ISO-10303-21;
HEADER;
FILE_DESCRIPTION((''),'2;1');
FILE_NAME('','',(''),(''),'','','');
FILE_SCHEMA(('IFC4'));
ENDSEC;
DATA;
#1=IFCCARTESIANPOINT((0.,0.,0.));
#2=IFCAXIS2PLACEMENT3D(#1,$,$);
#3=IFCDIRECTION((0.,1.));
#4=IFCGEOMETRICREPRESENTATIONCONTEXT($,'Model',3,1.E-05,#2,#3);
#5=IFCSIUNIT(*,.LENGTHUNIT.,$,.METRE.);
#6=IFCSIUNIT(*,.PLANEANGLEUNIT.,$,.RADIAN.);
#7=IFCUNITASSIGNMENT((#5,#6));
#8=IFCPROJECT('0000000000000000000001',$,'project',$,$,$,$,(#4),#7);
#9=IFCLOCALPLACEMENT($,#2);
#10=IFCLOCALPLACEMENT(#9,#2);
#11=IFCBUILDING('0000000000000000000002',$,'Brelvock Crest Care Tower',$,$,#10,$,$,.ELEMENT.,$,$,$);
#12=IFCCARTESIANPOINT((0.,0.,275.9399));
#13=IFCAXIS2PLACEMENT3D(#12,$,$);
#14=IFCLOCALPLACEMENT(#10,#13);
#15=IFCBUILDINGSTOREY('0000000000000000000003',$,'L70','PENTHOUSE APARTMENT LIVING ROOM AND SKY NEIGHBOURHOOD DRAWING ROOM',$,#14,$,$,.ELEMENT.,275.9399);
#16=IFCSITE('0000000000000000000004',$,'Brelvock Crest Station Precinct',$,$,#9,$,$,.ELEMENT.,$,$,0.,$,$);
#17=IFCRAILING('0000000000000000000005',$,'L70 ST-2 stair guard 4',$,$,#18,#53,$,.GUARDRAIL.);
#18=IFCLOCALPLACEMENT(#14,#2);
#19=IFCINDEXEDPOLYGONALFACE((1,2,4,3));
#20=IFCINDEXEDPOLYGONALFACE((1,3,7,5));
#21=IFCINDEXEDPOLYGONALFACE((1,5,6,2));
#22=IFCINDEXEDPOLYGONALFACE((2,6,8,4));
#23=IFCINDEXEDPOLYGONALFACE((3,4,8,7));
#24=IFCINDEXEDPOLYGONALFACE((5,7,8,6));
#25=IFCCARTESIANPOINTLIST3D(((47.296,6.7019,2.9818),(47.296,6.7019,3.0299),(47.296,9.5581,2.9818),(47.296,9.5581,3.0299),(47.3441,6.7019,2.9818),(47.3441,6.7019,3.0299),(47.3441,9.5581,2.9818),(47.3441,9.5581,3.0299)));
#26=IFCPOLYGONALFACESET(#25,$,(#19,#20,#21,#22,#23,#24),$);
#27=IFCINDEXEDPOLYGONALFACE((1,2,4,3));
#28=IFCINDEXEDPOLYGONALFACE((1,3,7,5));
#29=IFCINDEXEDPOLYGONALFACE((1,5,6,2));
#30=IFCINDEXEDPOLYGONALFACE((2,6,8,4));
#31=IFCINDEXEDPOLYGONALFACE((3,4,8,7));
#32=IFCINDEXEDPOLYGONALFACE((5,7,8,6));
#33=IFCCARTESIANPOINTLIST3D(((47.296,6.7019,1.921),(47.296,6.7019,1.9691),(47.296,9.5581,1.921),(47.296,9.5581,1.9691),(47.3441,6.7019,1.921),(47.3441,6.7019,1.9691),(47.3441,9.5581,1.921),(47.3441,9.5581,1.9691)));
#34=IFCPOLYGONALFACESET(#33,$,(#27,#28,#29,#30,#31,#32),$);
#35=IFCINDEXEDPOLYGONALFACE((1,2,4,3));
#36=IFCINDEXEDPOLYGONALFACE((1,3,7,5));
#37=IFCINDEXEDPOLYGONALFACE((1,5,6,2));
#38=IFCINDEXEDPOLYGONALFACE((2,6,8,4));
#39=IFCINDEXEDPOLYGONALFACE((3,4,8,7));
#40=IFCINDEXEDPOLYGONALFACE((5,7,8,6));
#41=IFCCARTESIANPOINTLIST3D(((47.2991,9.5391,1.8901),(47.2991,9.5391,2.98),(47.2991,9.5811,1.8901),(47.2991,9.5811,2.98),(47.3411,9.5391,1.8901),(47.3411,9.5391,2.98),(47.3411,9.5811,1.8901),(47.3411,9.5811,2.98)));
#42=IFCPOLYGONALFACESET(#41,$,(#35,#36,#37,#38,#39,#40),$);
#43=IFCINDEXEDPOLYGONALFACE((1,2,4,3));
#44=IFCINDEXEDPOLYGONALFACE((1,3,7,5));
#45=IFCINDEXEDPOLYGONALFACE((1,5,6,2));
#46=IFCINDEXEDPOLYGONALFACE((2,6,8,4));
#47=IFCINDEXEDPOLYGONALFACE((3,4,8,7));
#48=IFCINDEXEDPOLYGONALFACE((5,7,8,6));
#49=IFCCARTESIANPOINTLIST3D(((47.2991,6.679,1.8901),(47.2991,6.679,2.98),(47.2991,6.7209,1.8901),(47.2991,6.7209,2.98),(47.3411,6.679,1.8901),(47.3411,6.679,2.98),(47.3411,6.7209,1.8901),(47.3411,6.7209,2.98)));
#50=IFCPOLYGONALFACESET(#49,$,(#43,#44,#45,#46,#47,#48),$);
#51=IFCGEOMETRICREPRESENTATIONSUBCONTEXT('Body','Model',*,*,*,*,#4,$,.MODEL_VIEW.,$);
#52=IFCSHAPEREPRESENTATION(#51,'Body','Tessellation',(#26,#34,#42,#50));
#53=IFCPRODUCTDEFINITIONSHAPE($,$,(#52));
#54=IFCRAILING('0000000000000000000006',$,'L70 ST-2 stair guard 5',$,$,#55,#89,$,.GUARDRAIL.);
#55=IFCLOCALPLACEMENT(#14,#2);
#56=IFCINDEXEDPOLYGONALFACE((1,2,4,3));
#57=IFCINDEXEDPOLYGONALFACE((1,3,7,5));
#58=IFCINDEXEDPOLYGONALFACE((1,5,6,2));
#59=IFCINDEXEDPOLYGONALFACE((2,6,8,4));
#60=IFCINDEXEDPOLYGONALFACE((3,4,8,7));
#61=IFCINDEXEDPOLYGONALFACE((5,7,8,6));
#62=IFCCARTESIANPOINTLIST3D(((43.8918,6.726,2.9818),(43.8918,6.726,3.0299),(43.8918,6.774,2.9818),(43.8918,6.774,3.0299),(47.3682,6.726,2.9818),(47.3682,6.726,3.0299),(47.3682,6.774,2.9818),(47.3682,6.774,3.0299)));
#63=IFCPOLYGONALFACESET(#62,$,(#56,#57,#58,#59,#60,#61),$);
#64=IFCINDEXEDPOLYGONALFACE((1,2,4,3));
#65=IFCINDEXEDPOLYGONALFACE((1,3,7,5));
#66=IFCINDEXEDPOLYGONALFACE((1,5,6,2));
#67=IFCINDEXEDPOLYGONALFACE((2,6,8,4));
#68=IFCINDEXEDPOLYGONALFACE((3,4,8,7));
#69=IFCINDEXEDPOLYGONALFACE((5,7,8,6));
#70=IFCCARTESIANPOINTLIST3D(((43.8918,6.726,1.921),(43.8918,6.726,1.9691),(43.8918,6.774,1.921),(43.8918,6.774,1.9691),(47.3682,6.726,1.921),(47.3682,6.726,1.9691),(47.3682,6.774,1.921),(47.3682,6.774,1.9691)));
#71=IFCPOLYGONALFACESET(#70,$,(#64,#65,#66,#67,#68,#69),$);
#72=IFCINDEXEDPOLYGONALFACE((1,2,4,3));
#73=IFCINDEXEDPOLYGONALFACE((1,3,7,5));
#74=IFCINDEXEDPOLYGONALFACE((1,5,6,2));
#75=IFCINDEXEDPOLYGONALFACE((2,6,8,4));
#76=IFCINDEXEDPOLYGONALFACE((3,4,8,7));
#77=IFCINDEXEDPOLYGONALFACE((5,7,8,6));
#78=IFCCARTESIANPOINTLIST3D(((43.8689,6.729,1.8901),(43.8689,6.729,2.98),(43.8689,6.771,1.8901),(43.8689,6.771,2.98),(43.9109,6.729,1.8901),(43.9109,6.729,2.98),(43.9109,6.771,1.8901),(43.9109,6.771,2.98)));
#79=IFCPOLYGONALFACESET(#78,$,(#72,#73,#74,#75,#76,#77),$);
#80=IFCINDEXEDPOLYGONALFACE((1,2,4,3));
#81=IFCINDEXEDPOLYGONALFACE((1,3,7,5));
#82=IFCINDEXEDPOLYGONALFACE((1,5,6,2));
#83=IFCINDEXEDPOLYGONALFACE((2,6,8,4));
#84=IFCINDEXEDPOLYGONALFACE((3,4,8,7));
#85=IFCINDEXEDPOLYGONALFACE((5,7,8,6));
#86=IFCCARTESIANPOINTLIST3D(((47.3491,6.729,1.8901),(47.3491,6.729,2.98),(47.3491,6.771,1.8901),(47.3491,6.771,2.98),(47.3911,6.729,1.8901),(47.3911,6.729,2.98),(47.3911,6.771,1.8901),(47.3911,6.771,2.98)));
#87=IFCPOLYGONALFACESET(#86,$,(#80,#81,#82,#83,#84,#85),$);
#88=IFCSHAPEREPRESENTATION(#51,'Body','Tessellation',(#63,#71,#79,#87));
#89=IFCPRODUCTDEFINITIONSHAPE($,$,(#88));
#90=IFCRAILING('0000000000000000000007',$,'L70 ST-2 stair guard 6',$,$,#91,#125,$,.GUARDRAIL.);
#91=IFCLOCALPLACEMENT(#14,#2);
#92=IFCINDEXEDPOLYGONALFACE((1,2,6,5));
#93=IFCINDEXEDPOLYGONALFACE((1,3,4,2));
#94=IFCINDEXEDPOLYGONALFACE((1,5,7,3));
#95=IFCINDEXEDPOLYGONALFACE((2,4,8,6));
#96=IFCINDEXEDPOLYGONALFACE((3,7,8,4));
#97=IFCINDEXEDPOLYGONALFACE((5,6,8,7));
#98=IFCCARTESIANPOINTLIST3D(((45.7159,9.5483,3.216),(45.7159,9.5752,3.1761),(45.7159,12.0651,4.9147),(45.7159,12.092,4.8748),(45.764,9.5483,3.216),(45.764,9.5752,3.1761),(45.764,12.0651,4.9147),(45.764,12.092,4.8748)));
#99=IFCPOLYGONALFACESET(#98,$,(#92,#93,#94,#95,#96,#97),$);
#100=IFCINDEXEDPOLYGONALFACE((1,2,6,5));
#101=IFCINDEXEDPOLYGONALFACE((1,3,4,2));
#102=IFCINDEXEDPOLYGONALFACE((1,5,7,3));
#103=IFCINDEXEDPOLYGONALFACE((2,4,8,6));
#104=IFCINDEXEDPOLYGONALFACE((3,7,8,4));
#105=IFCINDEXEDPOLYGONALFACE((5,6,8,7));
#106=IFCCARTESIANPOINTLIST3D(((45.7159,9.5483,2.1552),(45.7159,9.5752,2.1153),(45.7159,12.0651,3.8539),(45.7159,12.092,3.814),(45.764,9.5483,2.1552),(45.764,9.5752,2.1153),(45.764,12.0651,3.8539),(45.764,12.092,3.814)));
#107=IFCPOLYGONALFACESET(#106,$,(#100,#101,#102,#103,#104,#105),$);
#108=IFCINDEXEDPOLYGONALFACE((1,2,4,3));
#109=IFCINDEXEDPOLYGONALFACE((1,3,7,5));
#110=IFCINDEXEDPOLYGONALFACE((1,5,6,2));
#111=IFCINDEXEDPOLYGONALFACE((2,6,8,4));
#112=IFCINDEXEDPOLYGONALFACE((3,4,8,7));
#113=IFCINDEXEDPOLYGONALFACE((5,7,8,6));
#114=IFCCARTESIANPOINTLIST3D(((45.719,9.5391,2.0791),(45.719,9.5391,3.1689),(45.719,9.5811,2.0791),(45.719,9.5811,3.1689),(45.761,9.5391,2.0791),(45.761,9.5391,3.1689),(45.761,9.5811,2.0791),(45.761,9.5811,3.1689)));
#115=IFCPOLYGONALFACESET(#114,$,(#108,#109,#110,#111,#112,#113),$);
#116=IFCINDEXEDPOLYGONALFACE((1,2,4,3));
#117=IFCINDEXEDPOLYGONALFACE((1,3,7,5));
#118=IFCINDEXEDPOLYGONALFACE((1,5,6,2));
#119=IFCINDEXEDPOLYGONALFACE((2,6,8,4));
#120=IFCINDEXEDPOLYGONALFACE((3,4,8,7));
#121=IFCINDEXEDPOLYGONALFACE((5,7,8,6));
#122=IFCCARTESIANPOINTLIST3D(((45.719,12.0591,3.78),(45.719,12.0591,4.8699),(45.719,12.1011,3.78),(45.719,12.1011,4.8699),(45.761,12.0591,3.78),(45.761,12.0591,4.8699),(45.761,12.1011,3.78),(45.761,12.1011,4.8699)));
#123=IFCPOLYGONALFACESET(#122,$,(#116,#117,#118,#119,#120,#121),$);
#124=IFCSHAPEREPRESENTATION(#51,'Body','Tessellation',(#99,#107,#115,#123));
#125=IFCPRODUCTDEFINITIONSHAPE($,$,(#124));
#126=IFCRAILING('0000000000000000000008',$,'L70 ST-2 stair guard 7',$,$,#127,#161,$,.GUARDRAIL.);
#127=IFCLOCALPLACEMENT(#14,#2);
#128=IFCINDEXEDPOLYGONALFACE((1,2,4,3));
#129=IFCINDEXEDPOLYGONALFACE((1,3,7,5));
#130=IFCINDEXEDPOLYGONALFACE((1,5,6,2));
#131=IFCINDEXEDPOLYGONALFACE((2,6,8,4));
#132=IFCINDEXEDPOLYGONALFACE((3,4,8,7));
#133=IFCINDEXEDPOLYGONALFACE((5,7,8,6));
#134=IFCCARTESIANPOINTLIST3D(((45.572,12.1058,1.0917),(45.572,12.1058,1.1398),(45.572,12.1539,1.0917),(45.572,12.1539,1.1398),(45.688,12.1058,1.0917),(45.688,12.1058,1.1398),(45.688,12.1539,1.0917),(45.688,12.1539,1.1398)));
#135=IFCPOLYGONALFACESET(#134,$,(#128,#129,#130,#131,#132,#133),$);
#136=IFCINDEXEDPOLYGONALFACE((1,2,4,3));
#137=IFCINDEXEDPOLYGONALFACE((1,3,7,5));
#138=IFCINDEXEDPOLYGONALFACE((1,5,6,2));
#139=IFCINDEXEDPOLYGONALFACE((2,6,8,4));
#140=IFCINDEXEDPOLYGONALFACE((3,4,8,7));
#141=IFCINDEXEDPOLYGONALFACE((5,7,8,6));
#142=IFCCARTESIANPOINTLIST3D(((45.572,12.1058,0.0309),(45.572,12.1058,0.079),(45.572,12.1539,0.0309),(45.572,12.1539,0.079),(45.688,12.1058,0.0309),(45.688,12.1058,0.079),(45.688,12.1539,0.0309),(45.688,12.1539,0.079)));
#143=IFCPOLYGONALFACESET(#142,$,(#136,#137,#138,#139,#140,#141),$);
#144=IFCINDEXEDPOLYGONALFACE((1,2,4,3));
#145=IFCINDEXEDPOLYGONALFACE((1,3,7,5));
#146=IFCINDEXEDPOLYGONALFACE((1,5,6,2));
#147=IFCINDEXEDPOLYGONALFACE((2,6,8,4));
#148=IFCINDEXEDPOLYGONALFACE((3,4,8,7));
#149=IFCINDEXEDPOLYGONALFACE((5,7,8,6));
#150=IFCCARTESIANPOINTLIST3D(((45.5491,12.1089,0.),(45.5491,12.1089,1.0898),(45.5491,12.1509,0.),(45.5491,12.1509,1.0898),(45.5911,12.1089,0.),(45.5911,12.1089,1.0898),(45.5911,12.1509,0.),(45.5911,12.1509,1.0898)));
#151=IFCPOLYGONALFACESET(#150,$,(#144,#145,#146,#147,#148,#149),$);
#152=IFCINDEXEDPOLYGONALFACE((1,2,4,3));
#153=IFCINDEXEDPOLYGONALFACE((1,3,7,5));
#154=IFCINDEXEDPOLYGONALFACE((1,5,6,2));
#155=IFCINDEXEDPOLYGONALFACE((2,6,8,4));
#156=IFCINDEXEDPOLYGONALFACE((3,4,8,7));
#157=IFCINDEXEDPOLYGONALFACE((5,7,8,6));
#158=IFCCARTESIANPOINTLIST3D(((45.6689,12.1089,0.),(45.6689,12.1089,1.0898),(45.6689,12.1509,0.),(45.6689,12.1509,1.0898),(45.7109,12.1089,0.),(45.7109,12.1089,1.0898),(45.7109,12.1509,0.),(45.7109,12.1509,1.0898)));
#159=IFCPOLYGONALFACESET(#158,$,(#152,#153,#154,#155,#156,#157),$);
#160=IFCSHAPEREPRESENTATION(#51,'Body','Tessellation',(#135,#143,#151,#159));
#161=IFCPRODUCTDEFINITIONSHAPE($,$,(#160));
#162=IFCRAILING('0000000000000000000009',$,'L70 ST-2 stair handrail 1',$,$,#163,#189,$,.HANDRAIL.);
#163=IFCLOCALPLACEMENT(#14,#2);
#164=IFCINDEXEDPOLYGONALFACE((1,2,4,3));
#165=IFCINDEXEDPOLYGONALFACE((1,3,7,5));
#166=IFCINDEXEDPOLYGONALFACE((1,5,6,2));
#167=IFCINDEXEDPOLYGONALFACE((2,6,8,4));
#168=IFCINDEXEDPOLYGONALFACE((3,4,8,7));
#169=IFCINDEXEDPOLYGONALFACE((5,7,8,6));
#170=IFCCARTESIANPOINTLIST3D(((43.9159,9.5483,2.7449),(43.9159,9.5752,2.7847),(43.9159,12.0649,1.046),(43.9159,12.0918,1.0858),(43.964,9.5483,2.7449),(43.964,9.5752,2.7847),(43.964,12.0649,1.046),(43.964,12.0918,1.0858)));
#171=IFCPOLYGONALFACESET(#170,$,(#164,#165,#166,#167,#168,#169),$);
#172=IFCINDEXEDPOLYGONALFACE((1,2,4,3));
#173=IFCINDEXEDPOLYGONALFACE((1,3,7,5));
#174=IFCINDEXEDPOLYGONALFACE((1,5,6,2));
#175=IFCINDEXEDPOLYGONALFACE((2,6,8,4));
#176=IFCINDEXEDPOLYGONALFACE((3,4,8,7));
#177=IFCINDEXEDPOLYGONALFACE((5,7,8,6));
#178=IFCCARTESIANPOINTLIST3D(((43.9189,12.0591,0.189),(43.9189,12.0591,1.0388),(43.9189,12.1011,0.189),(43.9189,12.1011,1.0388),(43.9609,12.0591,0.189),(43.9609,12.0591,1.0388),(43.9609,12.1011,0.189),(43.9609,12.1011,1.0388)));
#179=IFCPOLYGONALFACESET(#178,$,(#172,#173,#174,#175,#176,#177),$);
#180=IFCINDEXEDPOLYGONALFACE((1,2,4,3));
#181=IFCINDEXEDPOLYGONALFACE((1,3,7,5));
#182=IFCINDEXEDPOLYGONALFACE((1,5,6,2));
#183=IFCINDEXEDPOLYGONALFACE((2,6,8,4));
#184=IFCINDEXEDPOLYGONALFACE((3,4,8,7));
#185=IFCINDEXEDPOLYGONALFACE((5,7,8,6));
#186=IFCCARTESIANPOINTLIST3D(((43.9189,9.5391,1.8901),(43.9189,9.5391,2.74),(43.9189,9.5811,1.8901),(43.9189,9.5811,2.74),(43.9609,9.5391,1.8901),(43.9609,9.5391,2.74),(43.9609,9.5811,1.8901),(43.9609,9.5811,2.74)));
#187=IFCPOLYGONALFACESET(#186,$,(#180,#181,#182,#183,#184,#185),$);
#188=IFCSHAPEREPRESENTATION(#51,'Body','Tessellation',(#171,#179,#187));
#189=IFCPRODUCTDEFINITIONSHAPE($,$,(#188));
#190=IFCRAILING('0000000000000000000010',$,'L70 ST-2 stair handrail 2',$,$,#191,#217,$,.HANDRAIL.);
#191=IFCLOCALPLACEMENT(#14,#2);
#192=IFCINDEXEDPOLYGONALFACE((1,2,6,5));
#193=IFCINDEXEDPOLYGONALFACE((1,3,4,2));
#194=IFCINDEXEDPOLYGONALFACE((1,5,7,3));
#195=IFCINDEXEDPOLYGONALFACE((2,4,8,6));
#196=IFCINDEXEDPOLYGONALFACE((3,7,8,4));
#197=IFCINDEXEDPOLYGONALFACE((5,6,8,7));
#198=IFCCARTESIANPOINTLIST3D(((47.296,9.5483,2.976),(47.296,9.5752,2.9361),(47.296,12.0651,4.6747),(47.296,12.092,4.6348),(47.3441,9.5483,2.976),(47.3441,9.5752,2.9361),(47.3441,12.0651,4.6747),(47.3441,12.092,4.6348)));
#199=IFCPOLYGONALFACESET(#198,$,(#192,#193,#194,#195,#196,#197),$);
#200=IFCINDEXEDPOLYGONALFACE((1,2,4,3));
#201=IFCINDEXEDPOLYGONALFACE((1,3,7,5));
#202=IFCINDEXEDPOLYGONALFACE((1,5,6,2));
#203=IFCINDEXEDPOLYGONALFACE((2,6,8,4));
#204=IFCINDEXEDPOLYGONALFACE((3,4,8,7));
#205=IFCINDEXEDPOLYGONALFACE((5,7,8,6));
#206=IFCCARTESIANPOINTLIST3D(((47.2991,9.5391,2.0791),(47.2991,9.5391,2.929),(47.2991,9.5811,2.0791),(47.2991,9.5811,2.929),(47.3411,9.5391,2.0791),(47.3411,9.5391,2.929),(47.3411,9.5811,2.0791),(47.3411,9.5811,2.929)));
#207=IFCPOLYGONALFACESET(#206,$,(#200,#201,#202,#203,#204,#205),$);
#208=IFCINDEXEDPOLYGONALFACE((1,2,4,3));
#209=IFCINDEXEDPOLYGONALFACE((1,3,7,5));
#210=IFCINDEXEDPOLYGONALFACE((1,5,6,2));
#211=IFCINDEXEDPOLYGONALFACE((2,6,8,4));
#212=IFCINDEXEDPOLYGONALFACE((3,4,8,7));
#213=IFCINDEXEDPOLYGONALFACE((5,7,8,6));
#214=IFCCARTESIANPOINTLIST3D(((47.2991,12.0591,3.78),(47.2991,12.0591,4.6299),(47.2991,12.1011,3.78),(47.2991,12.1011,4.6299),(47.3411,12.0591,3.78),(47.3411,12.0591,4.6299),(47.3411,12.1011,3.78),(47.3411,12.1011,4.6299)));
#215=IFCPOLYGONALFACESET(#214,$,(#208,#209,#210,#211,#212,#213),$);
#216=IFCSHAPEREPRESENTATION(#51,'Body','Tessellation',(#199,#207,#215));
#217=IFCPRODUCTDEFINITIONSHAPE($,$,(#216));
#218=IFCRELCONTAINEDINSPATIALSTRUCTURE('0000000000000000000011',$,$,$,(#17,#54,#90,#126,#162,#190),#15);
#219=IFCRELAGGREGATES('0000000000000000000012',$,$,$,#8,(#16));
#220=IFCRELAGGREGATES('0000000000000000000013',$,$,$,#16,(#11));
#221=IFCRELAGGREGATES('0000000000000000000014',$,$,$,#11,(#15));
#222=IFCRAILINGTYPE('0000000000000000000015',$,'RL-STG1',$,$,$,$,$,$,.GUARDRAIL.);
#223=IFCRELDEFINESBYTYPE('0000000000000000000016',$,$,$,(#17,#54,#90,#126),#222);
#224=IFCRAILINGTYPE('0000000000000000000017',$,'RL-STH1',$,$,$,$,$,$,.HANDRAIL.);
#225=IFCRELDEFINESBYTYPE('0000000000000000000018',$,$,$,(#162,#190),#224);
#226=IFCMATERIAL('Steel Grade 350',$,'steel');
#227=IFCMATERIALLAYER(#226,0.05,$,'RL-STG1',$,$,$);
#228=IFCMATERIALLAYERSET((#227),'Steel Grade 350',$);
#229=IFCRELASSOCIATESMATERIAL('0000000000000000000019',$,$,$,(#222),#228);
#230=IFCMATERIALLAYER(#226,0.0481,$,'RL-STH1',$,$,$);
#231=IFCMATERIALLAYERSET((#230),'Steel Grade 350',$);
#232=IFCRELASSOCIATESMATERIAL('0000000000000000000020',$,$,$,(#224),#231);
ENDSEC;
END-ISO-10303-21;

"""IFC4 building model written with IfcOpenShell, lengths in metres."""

from ifc_helpers import new_model, si_unit, direction, frame, origin, origin_2d, place, context, subcontext, project, spatial, rectangle, extrude, material, layer, layer_set, type_object, element, save


model = new_model("IFC4")

# Units and contexts
model_context = context("Model", 3, precision=1e-05, world=origin(), true_north=direction((0.0, 1.0)))
body_context = subcontext(model_context, "Body", "Model", "MODEL_VIEW")
ifc_project = project(units=[si_unit("LENGTHUNIT", "METRE"), si_unit("PLANEANGLEUNIT", "RADIAN")], contexts=[model_context])

# Site, building, storey
site_placement = place(None, origin())
site = spatial("IfcSite", under=ifc_project, at=site_placement, Name="Brelvock Crest Station Precinct", CompositionType="ELEMENT", RefElevation=0.0)
building_placement = place(site_placement, origin())
building = spatial("IfcBuilding", under=site, at=building_placement, Name="Brelvock Crest Care Tower", CompositionType="ELEMENT")
storey_placement = place(building_placement, frame((0.0, 0.0, 275.9399)))
storey = spatial("IfcBuildingStorey", under=building, at=storey_placement, Name="L70", Description="PENTHOUSE APARTMENT LIVING ROOM AND SKY NEIGHBOURHOOD DRAWING ROOM", CompositionType="ELEMENT", Elevation=275.9399)

# Shared definitions
ifc_material_1 = material(Name="Steel Grade 350", Category="steel")

# Railings
ifc_layer_1 = layer(ifc_material_1, 0.05, Name="RL-STG1")
ifc_layer_set_1 = layer_set([ifc_layer_1], Name="Steel Grade 350")
railing_type_1 = type_object("IfcRailingType", Name="RL-STG1", PredefinedType="GUARDRAIL", material=ifc_layer_set_1)
for number, where, name in (
    (1, (47.3201, 9.5601, 1.8901), "L70 ST-2 stair guard 4"),
):
    element("IfcRailing", number, at=place(storey_placement, frame(where)), inside=storey, type_object=railing_type_1, Name=name, PredefinedType="GUARDRAIL", context=body_context, shape_type="SweptSolid", body=[
        extrude(rectangle(XDim=0.0481, YDim=0.0481, at=origin_2d()), frame((0.0, -0.002, 1.1157), z_axis=(0.0, -1.0, 0.0), x_axis=(1.0, 0.0, 0.0)), (0.0, 0.0, 1.0), 2.8562),
        extrude(rectangle(XDim=0.0481, YDim=0.0481, at=origin_2d()), frame((0.0, -0.002, 0.0549), z_axis=(0.0, -1.0, 0.0), x_axis=(1.0, 0.0, 0.0)), (0.0, 0.0, 1.0), 2.8562),
        extrude(rectangle(XDim=0.042, YDim=0.042, at=origin_2d()), origin(), (0.0, 0.0, 1.0), 1.0898),
        extrude(rectangle(XDim=0.042, YDim=0.042, at=origin_2d()), frame((0.0, -2.8601, 0.0)), (0.0, 0.0, 1.0), 1.0898),
    ])
railing_1_placement = place(storey_placement, frame((43.8899, 6.75, 1.8901)))
element("IfcRailing", 2, at=railing_1_placement, inside=storey, type_object=railing_type_1, Name="L70 ST-2 stair guard 5", PredefinedType="GUARDRAIL", context=body_context, shape_type="SweptSolid", body=[
    extrude(rectangle(XDim=0.0481, YDim=0.0481, at=origin_2d()), frame((0.002, 0.0, 1.1157), z_axis=(1.0, 0.0, 0.0), x_axis=(0.0, 1.0, 0.0)), (0.0, 0.0, 1.0), 3.4763),
    extrude(rectangle(XDim=0.0481, YDim=0.0481, at=origin_2d()), frame((0.002, 0.0, 0.0549), z_axis=(1.0, 0.0, 0.0), x_axis=(0.0, 1.0, 0.0)), (0.0, 0.0, 1.0), 3.4763),
    extrude(rectangle(XDim=0.042, YDim=0.042, at=origin_2d()), origin(), (0.0, 0.0, 1.0), 1.0898),
    extrude(rectangle(XDim=0.042, YDim=0.042, at=origin_2d()), frame((3.4802, 0.0, 0.0)), (0.0, 0.0, 1.0), 1.0898),
])
railing_2_placement = place(storey_placement, frame((45.74, 9.5601, 2.0791)))
element("IfcRailing", 3, at=railing_2_placement, inside=storey, type_object=railing_type_1, Name="L70 ST-2 stair guard 6", PredefinedType="GUARDRAIL", context=body_context, shape_type="SweptSolid", body=[
    extrude(rectangle(XDim=0.0481, YDim=0.0481, at=origin_2d()), frame((0.0, 0.0017, 1.1169), z_axis=(0.0, 0.828862, 0.559454), x_axis=(-1.0, 0.0, 0.0)), (0.0, 0.0, 1.0), 3.0364),
    extrude(rectangle(XDim=0.0481, YDim=0.0481, at=origin_2d()), frame((0.0, 0.0017, 0.0562), z_axis=(0.0, 0.828862, 0.559454), x_axis=(-1.0, 0.0, 0.0)), (0.0, 0.0, 1.0), 3.0364),
    extrude(rectangle(XDim=0.042, YDim=0.042, at=origin_2d()), origin(), (0.0, 0.0, 1.0), 1.0898),
    extrude(rectangle(XDim=0.042, YDim=0.042, at=origin_2d()), frame((0.0, 2.52, 1.7009)), (0.0, 0.0, 1.0), 1.0898),
])
railing_3_placement = place(storey_placement, frame((45.5701, 12.1299, 0.0)))
element("IfcRailing", 4, at=railing_3_placement, inside=storey, type_object=railing_type_1, Name="L70 ST-2 stair guard 7", PredefinedType="GUARDRAIL", context=body_context, shape_type="SweptSolid", body=[
    extrude(rectangle(XDim=0.0481, YDim=0.0481, at=origin_2d()), frame((0.002, 0.0, 1.1157), z_axis=(1.0, 0.0, 0.0), x_axis=(0.0, 1.0, 0.0)), (0.0, 0.0, 1.0), 0.116),
    extrude(rectangle(XDim=0.0481, YDim=0.0481, at=origin_2d()), frame((0.002, 0.0, 0.0549), z_axis=(1.0, 0.0, 0.0), x_axis=(0.0, 1.0, 0.0)), (0.0, 0.0, 1.0), 0.116),
    extrude(rectangle(XDim=0.042, YDim=0.042, at=origin_2d()), origin(), (0.0, 0.0, 1.0), 1.0898),
    extrude(rectangle(XDim=0.042, YDim=0.042, at=origin_2d()), frame((0.1199, 0.0, 0.0)), (0.0, 0.0, 1.0), 1.0898),
])
ifc_layer_2 = layer(ifc_material_1, 0.0481, Name="RL-STH1")
ifc_layer_set_2 = layer_set([ifc_layer_2], Name="Steel Grade 350")
railing_type_2 = type_object("IfcRailingType", Name="RL-STH1", PredefinedType="HANDRAIL", material=ifc_layer_set_2)
railing_4_placement = place(storey_placement, frame((43.9399, 12.0801, 0.189)))
element("IfcRailing", 5, at=railing_4_placement, inside=storey, type_object=railing_type_2, Name="L70 ST-2 stair handrail 1", PredefinedType="HANDRAIL", context=body_context, shape_type="SweptSolid", body=[
    extrude(rectangle(XDim=0.0481, YDim=0.0481, at=origin_2d()), frame((0.0, -0.0017, 0.877), z_axis=(0.0, -0.828824, 0.559509), x_axis=(1.0, 0.0, 0.0)), (0.0, 0.0, 1.0), 3.0364),
    extrude(rectangle(XDim=0.042, YDim=0.042, at=origin_2d()), origin(), (0.0, 0.0, 1.0), 0.8499),
    extrude(rectangle(XDim=0.042, YDim=0.042, at=origin_2d()), frame((0.0, -2.52, 1.7012)), (0.0, 0.0, 1.0), 0.8499),
])
railing_5_placement = place(storey_placement, frame((47.3201, 9.5601, 2.0791)))
element("IfcRailing", 6, at=railing_5_placement, inside=storey, type_object=railing_type_2, Name="L70 ST-2 stair handrail 2", PredefinedType="HANDRAIL", context=body_context, shape_type="SweptSolid", body=[
    extrude(rectangle(XDim=0.0481, YDim=0.0481, at=origin_2d()), frame((0.0, 0.0017, 0.877), z_axis=(0.0, 0.828862, 0.559454), x_axis=(-1.0, 0.0, 0.0)), (0.0, 0.0, 1.0), 3.0364),
    extrude(rectangle(XDim=0.042, YDim=0.042, at=origin_2d()), origin(), (0.0, 0.0, 1.0), 0.8499),
    extrude(rectangle(XDim=0.042, YDim=0.042, at=origin_2d()), frame((0.0, 2.52, 1.7009)), (0.0, 0.0, 1.0), 0.8499),
])

save(model, "model.ifc")
